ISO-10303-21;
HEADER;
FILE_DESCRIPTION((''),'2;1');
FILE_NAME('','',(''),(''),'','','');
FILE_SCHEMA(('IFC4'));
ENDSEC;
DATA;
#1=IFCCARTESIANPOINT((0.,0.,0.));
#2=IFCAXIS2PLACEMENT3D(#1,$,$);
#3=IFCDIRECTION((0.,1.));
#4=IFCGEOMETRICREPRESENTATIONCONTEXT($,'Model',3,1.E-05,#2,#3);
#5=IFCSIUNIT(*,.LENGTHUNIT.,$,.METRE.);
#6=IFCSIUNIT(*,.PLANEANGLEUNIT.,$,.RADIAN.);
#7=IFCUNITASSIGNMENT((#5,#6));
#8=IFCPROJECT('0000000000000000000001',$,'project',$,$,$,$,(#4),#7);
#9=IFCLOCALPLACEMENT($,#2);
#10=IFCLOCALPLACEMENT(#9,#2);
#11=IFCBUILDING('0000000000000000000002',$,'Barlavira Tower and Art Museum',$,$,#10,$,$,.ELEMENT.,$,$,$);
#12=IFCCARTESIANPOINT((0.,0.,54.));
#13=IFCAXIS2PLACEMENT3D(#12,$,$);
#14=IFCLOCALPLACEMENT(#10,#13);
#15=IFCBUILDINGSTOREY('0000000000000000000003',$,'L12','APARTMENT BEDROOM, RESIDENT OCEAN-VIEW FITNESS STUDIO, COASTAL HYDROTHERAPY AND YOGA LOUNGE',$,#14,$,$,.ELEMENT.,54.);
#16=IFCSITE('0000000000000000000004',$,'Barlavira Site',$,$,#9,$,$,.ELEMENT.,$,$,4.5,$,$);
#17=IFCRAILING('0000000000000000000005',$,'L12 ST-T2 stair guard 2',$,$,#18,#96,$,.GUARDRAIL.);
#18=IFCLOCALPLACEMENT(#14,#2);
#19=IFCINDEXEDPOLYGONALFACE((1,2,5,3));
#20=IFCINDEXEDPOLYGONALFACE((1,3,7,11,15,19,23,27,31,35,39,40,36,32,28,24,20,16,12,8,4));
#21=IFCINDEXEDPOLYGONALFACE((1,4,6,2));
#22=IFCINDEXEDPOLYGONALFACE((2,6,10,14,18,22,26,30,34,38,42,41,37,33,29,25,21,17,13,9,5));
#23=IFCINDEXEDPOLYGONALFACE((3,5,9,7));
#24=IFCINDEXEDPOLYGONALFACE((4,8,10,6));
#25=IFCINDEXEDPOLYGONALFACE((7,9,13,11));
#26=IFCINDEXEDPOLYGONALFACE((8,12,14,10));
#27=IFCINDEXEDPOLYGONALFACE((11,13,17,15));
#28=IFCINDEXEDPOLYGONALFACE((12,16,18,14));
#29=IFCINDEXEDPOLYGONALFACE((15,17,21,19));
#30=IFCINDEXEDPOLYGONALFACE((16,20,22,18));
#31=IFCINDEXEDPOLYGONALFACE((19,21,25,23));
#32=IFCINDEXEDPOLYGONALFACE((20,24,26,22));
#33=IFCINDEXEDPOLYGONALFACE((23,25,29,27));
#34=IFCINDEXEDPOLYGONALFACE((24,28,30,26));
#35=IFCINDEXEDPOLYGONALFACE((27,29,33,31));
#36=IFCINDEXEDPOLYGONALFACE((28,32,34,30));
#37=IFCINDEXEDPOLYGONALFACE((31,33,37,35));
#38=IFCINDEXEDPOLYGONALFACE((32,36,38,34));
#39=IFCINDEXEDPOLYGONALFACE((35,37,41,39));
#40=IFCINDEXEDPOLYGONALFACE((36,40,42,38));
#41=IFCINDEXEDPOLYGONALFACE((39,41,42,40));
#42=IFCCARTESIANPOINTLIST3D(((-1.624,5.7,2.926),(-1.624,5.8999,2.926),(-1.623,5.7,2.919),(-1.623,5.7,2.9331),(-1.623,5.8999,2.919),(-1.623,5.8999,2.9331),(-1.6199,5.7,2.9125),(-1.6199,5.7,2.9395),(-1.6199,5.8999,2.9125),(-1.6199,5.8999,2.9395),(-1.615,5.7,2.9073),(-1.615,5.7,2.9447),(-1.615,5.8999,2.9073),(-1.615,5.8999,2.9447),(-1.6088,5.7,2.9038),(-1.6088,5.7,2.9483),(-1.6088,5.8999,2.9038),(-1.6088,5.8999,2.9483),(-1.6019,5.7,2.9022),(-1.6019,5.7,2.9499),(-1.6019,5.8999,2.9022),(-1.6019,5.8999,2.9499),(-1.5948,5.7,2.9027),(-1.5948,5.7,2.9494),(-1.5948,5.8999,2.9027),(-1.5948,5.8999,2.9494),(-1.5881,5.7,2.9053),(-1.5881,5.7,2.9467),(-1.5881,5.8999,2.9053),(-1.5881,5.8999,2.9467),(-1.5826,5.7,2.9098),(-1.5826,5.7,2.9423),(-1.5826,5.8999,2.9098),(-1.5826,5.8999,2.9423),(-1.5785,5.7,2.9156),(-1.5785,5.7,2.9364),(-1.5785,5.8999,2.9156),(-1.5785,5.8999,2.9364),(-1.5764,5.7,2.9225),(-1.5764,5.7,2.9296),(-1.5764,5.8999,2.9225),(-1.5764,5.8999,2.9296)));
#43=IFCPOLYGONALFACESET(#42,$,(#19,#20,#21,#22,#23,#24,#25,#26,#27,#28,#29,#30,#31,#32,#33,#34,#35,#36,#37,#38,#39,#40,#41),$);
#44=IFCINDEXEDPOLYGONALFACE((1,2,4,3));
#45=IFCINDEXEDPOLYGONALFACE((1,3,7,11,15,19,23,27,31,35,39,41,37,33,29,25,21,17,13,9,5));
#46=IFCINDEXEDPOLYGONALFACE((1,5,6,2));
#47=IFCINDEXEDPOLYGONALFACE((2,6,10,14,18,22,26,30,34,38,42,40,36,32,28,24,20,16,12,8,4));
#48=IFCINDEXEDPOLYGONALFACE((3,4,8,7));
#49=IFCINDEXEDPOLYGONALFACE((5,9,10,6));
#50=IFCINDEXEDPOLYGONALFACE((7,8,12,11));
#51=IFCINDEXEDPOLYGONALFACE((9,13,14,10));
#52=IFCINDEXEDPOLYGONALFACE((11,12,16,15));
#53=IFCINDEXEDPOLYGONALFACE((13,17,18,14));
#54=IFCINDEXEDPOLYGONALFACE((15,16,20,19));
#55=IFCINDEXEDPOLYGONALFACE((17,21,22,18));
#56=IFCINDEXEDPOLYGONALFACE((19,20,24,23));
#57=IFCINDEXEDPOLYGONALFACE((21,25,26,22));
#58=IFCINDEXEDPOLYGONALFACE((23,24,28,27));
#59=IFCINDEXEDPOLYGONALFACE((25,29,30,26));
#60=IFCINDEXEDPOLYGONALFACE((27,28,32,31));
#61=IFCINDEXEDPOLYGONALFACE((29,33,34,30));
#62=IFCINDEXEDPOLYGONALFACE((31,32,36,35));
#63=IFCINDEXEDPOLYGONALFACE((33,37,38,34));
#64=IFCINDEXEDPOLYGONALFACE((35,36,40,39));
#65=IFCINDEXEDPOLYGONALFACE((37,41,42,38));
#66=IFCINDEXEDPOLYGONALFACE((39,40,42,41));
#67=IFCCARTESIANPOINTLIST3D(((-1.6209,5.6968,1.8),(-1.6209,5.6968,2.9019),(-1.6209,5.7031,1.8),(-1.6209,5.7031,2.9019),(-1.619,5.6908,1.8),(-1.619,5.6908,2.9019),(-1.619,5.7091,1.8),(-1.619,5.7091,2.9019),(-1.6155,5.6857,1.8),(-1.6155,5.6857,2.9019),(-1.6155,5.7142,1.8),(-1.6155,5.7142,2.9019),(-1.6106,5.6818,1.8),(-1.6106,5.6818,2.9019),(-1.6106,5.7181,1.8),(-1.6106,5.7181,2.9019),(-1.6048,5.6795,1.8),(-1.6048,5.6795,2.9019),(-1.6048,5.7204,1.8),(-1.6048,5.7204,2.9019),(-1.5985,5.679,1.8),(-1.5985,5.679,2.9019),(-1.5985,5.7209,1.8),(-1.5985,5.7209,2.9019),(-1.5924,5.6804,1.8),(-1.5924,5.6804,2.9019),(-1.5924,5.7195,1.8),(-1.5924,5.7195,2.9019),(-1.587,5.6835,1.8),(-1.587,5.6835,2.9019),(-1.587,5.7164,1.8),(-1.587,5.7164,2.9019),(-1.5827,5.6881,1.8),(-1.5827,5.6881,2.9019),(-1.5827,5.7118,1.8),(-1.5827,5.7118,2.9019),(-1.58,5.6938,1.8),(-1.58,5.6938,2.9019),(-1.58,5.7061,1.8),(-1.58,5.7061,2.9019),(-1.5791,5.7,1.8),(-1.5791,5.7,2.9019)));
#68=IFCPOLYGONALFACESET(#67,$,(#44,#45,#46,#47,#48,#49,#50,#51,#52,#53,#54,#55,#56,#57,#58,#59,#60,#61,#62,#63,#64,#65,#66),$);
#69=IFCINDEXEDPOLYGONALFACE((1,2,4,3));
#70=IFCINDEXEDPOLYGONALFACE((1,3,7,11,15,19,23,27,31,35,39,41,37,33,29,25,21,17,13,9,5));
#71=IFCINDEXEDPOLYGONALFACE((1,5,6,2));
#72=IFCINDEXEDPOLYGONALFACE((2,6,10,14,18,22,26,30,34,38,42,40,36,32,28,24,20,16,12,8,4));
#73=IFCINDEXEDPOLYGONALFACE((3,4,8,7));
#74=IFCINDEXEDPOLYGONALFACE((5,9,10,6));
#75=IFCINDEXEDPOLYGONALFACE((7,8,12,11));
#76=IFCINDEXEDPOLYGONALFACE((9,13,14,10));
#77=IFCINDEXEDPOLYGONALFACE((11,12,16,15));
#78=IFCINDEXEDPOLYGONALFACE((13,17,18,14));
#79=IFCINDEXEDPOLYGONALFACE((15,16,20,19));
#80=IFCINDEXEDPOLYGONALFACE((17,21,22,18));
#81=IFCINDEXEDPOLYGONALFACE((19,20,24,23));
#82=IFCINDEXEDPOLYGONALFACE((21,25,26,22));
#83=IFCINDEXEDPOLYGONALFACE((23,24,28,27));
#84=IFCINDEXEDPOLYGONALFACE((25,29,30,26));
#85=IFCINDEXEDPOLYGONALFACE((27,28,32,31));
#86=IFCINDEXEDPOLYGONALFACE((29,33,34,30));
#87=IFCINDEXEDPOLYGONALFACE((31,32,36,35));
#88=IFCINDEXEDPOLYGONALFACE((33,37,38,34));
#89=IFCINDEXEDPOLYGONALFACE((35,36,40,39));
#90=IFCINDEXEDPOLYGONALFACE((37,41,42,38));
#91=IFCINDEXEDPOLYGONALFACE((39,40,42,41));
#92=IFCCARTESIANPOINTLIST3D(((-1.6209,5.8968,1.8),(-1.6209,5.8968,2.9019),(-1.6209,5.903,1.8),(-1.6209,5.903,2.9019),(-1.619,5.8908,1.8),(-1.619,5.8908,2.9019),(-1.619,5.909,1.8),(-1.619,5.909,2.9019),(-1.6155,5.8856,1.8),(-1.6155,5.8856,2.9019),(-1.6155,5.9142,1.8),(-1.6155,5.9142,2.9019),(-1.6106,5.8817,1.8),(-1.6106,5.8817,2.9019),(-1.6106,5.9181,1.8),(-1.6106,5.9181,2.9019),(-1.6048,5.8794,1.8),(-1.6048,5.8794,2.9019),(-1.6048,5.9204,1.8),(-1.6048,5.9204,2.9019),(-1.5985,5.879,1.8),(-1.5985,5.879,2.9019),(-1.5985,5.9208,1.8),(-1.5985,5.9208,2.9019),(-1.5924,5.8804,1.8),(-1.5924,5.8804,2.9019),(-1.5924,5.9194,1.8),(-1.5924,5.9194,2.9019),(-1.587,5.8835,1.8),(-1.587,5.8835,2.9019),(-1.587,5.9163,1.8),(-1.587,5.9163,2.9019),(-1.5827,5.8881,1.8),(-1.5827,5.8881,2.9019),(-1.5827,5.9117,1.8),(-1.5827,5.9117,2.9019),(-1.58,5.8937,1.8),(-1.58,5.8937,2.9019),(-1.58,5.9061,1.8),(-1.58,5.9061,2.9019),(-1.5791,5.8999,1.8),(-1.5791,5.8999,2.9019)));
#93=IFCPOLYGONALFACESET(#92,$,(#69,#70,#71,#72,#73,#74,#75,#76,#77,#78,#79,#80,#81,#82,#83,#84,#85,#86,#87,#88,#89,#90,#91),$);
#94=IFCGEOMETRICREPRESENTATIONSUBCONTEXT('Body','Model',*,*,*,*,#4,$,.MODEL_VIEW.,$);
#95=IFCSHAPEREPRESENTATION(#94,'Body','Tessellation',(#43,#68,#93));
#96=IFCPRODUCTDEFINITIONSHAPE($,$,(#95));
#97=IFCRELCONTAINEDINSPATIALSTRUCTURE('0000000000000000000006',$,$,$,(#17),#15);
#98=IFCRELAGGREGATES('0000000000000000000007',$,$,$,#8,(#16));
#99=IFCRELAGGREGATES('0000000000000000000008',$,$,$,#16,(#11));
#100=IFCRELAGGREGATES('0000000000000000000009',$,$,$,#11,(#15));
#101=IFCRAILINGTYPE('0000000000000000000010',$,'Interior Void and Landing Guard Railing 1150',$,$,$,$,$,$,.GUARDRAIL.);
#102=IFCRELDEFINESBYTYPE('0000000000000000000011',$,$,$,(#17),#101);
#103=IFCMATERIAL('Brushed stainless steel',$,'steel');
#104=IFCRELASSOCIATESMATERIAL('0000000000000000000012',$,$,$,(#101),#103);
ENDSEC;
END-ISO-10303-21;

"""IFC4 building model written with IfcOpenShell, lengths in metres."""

from ifc_helpers import new_model, si_unit, direction, frame, origin, origin_2d, place, context, subcontext, project, spatial, circle, extrude, material, type_object, element, save


model = new_model("IFC4")

# Units and contexts
model_context = context("Model", 3, precision=1e-05, world=origin(), true_north=direction((0.0, 1.0)))
body_context = subcontext(model_context, "Body", "Model", "MODEL_VIEW")
ifc_project = project(units=[si_unit("LENGTHUNIT", "METRE"), si_unit("PLANEANGLEUNIT", "RADIAN")], contexts=[model_context])

# Site, building, storey
site_placement = place(None, origin())
site = spatial("IfcSite", under=ifc_project, at=site_placement, Name="Barlavira Site", CompositionType="ELEMENT", RefElevation=4.5)
building_placement = place(site_placement, origin())
building = spatial("IfcBuilding", under=site, at=building_placement, Name="Barlavira Tower and Art Museum", CompositionType="ELEMENT")
storey_placement = place(building_placement, frame((0.0, 0.0, 54.0)))
storey = spatial("IfcBuildingStorey", under=building, at=storey_placement, Name="L12", Description="APARTMENT BEDROOM, RESIDENT OCEAN-VIEW FITNESS STUDIO, COASTAL HYDROTHERAPY AND YOGA LOUNGE", CompositionType="ELEMENT", Elevation=54.0)

# Shared definitions
ifc_material_1 = material(Name="Brushed stainless steel", Category="steel")

# Railing
railing_type_1 = type_object("IfcRailingType", Name="Interior Void and Landing Guard Railing 1150", PredefinedType="GUARDRAIL", material=ifc_material_1)
railing_1_placement = place(storey_placement, frame((-1.6001, 5.7, 1.8)))
element("IfcRailing", 1, at=railing_1_placement, inside=storey, type_object=railing_type_1, Name="L12 ST-T2 stair guard 2", PredefinedType="GUARDRAIL", context=body_context, shape_type="SweptSolid", body=[
    extrude(circle(Radius=0.0239, at=origin_2d()), frame((0.0, 0.0, 1.126), z_axis=(0.0, 1.0, 0.0), x_axis=(-1.0, 0.0, 0.0)), (0.0, 0.0, 1.0), 0.2),
    extrude(circle(Radius=0.021, at=origin_2d()), origin(), (0.0, 0.0, 1.0), 1.1018),
    extrude(circle(Radius=0.021, at=origin_2d()), frame((0.0, 0.2, 0.0)), (0.0, 0.0, 1.0), 1.1018),
])

save(model, "model.ifc")
